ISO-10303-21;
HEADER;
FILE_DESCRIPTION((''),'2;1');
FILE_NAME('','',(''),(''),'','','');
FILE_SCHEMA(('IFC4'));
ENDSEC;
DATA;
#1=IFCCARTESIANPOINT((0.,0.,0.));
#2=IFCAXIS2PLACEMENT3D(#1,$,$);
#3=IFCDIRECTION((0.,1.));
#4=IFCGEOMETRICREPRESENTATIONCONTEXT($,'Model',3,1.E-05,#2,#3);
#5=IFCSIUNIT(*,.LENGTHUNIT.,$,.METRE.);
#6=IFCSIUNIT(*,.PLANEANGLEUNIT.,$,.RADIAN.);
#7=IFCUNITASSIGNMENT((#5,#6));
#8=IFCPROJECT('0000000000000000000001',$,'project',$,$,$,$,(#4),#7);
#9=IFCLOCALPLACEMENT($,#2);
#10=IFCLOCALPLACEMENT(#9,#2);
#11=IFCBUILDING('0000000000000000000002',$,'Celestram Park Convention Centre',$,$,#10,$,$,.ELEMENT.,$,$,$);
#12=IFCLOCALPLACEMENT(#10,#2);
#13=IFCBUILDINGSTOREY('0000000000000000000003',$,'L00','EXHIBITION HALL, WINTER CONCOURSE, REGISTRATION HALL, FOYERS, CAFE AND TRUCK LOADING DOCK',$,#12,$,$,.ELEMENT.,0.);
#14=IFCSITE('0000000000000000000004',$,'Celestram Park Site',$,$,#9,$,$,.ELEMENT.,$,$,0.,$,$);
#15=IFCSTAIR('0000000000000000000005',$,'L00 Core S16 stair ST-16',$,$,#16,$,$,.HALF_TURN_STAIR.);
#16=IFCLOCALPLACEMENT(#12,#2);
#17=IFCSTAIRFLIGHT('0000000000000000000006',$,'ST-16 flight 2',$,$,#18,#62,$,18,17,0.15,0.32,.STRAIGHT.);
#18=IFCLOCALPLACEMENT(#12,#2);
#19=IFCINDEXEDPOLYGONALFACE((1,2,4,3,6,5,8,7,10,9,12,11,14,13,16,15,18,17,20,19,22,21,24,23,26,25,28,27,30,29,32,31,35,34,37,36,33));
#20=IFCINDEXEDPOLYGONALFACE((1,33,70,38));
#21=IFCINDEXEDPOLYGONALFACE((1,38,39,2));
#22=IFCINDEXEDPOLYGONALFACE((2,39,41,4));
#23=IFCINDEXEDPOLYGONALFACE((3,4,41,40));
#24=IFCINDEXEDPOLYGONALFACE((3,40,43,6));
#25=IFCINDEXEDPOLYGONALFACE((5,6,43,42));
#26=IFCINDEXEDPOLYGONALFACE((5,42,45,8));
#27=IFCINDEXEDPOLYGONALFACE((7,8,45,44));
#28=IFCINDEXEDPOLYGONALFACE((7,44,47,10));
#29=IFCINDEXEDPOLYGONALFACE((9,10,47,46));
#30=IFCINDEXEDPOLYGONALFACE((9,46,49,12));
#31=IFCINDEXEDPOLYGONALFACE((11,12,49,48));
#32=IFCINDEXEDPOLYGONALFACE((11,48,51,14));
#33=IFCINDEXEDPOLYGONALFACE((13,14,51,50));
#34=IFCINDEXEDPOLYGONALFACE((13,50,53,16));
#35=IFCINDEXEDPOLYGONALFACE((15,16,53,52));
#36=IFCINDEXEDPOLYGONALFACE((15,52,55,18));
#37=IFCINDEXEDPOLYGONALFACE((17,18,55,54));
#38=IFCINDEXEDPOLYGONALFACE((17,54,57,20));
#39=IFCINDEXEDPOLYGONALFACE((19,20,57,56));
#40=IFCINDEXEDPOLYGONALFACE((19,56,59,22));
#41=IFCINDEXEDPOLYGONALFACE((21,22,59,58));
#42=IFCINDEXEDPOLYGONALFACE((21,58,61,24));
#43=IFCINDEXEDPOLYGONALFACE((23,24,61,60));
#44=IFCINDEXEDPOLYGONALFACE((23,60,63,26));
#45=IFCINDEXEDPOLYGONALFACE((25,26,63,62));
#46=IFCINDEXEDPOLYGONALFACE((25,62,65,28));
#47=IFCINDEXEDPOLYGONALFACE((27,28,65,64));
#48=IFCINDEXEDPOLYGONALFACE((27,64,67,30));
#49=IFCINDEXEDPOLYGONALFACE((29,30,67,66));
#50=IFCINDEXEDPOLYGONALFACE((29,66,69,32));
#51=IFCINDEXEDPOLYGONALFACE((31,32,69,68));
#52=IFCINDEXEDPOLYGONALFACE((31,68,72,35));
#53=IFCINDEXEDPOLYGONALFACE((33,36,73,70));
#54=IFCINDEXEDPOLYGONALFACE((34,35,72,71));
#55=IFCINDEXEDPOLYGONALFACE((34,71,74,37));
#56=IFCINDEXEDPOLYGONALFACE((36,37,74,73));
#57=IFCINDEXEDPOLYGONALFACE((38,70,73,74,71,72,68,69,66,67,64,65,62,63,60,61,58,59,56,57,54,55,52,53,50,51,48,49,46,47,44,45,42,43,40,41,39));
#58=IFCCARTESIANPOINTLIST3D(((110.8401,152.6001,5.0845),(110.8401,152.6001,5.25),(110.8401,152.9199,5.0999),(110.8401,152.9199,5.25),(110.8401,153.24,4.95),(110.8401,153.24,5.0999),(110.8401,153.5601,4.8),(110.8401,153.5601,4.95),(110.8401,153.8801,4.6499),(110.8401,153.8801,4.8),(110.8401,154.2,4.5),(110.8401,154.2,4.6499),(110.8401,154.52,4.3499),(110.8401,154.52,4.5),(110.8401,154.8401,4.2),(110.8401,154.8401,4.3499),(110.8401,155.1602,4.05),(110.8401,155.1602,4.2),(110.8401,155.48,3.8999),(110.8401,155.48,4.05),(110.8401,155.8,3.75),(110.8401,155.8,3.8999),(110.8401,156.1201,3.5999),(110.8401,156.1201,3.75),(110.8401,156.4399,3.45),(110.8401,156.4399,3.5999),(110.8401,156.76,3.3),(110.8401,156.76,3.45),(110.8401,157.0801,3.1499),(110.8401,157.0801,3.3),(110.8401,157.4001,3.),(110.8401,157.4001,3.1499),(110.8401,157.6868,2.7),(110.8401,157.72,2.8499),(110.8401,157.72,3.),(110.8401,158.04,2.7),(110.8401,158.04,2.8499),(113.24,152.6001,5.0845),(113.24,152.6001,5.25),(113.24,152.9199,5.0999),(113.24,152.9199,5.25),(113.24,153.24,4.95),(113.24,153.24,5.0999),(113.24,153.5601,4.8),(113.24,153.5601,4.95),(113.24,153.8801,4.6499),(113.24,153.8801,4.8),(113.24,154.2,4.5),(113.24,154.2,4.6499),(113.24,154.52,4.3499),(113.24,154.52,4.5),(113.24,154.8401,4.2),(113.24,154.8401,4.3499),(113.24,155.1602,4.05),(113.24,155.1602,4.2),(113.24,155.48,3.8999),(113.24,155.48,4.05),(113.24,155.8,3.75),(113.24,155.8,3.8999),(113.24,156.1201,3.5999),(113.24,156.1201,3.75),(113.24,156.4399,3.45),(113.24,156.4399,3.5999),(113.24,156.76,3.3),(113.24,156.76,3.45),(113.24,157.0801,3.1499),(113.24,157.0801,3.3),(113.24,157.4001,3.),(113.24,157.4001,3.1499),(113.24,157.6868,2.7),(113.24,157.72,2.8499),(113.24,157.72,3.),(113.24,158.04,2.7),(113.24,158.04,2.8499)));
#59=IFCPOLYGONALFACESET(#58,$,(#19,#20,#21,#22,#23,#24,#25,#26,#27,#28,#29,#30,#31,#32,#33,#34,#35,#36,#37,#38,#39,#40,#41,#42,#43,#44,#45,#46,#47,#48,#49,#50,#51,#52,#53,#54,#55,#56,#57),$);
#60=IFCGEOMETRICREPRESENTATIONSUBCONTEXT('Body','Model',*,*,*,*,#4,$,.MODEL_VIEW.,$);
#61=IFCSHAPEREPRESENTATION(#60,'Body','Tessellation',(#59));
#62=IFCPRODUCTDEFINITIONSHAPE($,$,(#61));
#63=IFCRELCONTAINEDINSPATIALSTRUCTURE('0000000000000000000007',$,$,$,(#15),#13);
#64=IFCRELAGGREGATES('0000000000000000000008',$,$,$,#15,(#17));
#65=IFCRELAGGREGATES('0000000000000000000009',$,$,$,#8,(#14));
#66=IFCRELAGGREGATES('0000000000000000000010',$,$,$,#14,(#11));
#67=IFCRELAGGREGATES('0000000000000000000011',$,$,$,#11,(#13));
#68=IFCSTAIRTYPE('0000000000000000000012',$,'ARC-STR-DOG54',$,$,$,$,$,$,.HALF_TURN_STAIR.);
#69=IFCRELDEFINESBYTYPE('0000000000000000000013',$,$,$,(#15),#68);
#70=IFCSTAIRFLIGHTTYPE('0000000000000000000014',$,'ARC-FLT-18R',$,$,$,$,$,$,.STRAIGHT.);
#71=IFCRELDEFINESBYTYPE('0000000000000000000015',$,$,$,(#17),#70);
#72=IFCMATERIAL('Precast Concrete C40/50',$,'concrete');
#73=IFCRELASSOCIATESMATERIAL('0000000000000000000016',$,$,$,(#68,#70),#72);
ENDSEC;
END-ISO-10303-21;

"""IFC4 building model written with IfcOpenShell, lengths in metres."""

from ifc_helpers import new_model, si_unit, direction, frame, origin, place, context, subcontext, project, spatial, polyline, outline, extrude, material, type_object, element, aggregate, save


model = new_model("IFC4")

# Units and contexts
model_context = context("Model", 3, precision=1e-05, world=origin(), true_north=direction((0.0, 1.0)))
body_context = subcontext(model_context, "Body", "Model", "MODEL_VIEW")
ifc_project = project(units=[si_unit("LENGTHUNIT", "METRE"), si_unit("PLANEANGLEUNIT", "RADIAN")], contexts=[model_context])

# Site, building, storey
site_placement = place(None, origin())
site = spatial("IfcSite", under=ifc_project, at=site_placement, Name="Celestram Park Site", CompositionType="ELEMENT", RefElevation=0.0)
building_placement = place(site_placement, origin())
building = spatial("IfcBuilding", under=site, at=building_placement, Name="Celestram Park Convention Centre", CompositionType="ELEMENT")
storey_placement = place(building_placement, origin())
storey = spatial("IfcBuildingStorey", under=building, at=storey_placement, Name="L00", Description="EXHIBITION HALL, WINTER CONCOURSE, REGISTRATION HALL, FOYERS, CAFE AND TRUCK LOADING DOCK", CompositionType="ELEMENT", Elevation=0.0)

# Shared definitions
ifc_material_1 = material(Name="Precast Concrete C40/50", Category="concrete")

# Stair, stair flight
stair_type = type_object("IfcStairType", Name="ARC-STR-DOG54", PredefinedType="HALF_TURN_STAIR", material=ifc_material_1)
stair_placement = place(storey_placement, origin())
stair = element("IfcStair", 1, at=stair_placement, inside=storey, type_object=stair_type, Name="L00 Core S16 stair ST-16", PredefinedType="HALF_TURN_STAIR")
stair_flight_type = type_object("IfcStairFlightType", Name="ARC-FLT-18R", PredefinedType="STRAIGHT", material=ifc_material_1)
stair_flight_1_placement = place(storey_placement, frame((112.04, 158.04, 2.7), z_axis=(0.0, 0.0, 1.0), x_axis=(0.0, -1.0, 0.0)))
stair_flight_1 = element("IfcStairFlight", 2, at=stair_flight_1_placement, type_object=stair_flight_type, Name="ST-16 flight 2", NumberOfRisers=18, NumberOfTreads=17, PredefinedType="STRAIGHT", RiserHeight=0.15, TreadLength=0.32, context=body_context, shape_type="SweptSolid", body=[
    extrude(outline(polyline([(0.0, 0.0), (0.0, 0.1499), (0.3201, 0.1499), (0.3201, 0.3), (0.6399, 0.3), (0.6399, 0.45), (0.96, 0.45), (0.96, 0.6001), (1.28, 0.6001), (1.28, 0.75), (1.6001, 0.75), (1.6001, 0.8999), (1.9199, 0.8999), (1.9199, 1.05), (2.24, 1.05), (2.24, 1.2), (2.5601, 1.2), (2.5601, 1.3501), (2.8799, 1.3501), (2.8799, 1.5), (3.2, 1.5), (3.2, 1.6499), (3.52, 1.6499), (3.52, 1.8), (3.8401, 1.8), (3.8401, 1.95), (4.1599, 1.95), (4.1599, 2.1001), (4.48, 2.1001), (4.48, 2.25), (4.8, 2.25), (4.8, 2.3999), (5.1201, 2.3999), (5.1201, 2.55), (5.4399, 2.55), (5.4399, 2.7), (5.4399, 2.3845), (0.3533, 0.0), (0.0, 0.0)])), frame((0.0, 1.2, 0.0), z_axis=(0.0, -1.0, 0.0), x_axis=(1.0, 0.0, 0.0)), (0.0, 0.0, 1.0), 2.3999),
])
aggregate(stair, [stair_flight_1])

save(model, "model.ifc")
